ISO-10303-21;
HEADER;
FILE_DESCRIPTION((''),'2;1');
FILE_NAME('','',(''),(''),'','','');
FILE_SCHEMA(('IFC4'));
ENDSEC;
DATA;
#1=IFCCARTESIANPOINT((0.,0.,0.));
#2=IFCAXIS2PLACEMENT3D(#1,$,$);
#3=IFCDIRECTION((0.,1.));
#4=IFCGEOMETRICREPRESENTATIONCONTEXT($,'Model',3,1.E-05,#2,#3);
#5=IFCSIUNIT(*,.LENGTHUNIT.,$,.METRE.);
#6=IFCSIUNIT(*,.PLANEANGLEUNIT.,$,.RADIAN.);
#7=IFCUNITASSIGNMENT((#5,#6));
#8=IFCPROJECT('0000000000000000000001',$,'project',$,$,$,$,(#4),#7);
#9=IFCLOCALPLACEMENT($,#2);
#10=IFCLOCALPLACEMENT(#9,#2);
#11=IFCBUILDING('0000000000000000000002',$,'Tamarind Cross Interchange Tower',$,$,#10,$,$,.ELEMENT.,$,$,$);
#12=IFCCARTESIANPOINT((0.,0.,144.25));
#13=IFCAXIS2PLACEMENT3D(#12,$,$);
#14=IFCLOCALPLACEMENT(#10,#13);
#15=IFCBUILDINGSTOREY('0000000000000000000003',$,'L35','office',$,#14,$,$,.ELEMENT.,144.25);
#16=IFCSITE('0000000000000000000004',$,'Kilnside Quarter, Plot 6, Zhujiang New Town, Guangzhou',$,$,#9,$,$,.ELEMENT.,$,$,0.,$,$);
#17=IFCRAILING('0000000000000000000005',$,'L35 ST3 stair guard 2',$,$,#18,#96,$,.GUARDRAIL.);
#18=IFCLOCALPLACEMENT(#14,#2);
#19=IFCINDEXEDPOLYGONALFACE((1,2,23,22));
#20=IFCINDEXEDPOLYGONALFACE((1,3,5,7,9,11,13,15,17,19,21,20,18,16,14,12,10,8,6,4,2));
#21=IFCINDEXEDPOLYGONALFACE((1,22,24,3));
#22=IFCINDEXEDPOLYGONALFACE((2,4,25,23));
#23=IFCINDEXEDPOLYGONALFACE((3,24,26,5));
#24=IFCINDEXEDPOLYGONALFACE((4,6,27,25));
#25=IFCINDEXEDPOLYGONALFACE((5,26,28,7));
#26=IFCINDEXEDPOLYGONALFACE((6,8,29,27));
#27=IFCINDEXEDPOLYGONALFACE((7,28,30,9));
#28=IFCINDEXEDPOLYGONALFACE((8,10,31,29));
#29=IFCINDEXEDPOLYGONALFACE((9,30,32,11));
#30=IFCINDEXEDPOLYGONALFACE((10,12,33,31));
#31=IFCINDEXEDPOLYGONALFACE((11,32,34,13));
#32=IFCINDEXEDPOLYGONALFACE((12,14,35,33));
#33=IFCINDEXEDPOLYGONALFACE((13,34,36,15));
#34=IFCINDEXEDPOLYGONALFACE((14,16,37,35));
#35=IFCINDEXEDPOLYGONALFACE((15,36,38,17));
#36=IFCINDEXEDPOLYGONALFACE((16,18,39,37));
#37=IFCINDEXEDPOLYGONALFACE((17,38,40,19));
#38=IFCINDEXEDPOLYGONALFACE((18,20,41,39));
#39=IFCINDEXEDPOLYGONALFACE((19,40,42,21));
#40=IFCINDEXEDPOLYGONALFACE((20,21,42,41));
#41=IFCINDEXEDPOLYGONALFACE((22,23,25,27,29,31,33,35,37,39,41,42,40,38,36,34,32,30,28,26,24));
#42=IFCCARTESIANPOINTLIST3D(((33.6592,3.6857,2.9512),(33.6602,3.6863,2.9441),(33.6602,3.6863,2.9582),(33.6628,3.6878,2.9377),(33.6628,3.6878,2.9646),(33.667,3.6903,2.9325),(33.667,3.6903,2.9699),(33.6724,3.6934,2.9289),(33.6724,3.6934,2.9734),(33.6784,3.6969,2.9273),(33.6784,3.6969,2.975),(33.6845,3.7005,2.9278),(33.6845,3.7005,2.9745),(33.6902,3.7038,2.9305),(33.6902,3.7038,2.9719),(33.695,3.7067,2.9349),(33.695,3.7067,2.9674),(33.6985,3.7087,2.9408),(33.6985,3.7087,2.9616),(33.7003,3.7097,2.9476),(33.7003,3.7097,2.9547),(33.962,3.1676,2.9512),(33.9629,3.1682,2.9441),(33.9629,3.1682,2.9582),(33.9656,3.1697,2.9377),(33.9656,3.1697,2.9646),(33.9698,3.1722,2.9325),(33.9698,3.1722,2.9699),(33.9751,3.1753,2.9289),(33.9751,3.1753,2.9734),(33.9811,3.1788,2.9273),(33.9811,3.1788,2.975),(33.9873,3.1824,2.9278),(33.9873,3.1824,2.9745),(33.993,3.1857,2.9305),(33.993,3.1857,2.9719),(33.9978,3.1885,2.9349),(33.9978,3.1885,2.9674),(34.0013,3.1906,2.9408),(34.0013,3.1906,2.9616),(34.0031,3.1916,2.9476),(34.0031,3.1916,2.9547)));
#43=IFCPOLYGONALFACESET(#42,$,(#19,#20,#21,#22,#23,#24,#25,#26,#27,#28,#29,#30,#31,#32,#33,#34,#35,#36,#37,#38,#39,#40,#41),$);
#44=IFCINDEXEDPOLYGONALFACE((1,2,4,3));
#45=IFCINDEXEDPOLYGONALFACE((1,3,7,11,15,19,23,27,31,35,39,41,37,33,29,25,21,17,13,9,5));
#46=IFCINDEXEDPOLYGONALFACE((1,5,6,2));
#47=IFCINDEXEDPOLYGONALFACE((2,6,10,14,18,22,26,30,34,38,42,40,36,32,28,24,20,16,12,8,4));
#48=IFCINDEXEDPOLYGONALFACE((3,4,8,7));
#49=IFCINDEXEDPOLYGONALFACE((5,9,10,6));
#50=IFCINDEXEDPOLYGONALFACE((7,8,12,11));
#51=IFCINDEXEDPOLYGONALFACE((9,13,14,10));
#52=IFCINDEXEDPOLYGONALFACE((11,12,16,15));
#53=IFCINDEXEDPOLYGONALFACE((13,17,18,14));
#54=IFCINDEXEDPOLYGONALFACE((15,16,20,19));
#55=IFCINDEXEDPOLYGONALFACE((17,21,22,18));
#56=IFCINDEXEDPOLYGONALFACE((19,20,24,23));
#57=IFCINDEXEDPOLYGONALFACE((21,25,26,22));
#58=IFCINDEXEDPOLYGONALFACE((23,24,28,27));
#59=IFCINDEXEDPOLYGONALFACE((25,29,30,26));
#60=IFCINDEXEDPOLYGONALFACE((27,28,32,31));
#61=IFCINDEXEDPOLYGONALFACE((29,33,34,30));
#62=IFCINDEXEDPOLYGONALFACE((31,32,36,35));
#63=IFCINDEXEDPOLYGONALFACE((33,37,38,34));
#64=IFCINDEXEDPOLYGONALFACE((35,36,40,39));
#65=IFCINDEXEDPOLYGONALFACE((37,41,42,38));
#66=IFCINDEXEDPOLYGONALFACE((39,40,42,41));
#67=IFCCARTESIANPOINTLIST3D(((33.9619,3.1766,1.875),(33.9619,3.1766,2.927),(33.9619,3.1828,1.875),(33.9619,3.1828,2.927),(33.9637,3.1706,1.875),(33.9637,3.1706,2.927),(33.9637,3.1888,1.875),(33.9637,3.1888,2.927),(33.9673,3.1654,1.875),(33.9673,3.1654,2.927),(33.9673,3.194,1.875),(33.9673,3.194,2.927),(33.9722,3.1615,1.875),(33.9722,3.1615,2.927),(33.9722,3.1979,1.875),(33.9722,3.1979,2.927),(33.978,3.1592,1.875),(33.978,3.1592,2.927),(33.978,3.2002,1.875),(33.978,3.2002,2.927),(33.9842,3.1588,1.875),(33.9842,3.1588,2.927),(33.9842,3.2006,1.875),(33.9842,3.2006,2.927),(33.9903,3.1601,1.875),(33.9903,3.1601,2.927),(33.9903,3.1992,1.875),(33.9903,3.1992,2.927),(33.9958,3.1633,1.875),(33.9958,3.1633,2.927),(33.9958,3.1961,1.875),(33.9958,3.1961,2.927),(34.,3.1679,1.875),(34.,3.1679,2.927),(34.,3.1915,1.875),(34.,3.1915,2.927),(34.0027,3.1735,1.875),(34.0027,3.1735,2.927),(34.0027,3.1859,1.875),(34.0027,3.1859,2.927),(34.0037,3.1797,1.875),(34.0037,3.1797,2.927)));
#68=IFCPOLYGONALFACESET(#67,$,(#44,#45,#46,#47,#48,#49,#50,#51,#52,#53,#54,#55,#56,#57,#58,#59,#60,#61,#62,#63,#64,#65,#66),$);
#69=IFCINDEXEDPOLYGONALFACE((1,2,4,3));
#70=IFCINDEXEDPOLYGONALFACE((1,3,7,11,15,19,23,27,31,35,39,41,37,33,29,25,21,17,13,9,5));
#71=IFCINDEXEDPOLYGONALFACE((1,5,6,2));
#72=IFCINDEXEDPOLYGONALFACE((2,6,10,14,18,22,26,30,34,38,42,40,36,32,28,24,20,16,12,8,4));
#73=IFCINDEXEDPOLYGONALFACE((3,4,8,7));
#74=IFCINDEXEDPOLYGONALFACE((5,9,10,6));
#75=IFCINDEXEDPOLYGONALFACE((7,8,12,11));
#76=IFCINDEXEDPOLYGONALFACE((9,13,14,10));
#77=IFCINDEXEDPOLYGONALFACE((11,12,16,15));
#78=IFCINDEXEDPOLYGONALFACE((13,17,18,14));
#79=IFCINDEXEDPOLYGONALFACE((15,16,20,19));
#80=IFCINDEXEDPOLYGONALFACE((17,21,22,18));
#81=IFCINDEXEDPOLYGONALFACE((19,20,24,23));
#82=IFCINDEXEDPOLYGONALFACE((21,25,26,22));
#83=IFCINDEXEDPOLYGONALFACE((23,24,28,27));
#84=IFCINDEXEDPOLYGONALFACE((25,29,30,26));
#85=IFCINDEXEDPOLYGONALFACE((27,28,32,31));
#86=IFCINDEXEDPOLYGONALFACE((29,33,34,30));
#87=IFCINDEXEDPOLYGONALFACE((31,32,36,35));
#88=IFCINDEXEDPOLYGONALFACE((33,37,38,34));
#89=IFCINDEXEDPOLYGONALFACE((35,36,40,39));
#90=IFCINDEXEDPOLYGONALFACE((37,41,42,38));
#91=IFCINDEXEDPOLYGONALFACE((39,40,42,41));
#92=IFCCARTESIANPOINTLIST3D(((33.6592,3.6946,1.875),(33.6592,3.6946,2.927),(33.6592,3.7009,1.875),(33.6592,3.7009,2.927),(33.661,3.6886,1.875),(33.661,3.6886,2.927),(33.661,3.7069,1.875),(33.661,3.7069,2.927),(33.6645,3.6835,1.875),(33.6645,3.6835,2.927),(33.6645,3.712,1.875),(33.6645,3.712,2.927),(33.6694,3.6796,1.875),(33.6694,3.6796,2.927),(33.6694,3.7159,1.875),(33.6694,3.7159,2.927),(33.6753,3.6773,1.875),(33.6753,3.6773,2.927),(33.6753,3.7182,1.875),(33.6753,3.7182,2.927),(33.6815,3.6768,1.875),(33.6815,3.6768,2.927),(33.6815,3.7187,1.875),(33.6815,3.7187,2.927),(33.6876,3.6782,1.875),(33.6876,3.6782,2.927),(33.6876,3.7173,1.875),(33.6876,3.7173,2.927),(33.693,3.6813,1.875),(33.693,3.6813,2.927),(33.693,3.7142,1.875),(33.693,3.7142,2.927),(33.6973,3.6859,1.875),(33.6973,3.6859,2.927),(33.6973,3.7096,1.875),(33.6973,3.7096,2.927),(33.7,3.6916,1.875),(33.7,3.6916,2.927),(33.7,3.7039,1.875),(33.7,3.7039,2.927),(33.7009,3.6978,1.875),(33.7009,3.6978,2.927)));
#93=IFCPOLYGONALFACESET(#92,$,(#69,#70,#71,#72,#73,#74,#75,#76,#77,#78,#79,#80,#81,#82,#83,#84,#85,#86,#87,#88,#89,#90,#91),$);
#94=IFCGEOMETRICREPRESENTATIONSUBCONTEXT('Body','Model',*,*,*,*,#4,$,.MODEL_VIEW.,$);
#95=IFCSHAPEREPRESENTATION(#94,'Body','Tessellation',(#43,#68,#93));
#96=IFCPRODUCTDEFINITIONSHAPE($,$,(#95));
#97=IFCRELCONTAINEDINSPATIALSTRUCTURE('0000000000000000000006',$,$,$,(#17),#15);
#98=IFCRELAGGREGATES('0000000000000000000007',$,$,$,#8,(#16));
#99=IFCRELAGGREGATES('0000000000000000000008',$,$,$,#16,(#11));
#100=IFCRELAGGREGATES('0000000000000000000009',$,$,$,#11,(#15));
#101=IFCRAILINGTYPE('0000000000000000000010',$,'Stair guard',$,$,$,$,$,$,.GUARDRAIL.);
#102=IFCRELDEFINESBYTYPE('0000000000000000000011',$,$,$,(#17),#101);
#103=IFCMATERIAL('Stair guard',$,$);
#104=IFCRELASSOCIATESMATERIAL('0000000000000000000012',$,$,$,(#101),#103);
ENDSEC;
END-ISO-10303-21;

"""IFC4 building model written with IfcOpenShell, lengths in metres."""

from ifc_helpers import new_model, si_unit, direction, frame, origin, origin_2d, place, context, subcontext, project, spatial, circle, extrude, material, type_object, element, save


model = new_model("IFC4")

# Units and contexts
model_context = context("Model", 3, precision=1e-05, world=origin(), true_north=direction((0.0, 1.0)))
body_context = subcontext(model_context, "Body", "Model", "MODEL_VIEW")
ifc_project = project(units=[si_unit("LENGTHUNIT", "METRE"), si_unit("PLANEANGLEUNIT", "RADIAN")], contexts=[model_context])

# Site, building, storey
site_placement = place(None, origin())
site = spatial("IfcSite", under=ifc_project, at=site_placement, Name="Kilnside Quarter, Plot 6, Zhujiang New Town, Guangzhou", CompositionType="ELEMENT", RefElevation=0.0)
building_placement = place(site_placement, origin())
building = spatial("IfcBuilding", under=site, at=building_placement, Name="Tamarind Cross Interchange Tower", CompositionType="ELEMENT")
storey_placement = place(building_placement, frame((0.0, 0.0, 144.25)))
storey = spatial("IfcBuildingStorey", under=building, at=storey_placement, Name="L35", Description="office", CompositionType="ELEMENT", Elevation=144.25)

# Railing
ifc_material_1 = material(Name="Stair guard")
railing_type_1 = type_object("IfcRailingType", Name="Stair guard", PredefinedType="GUARDRAIL", material=ifc_material_1)
railing_1_placement = place(storey_placement, frame((33.9827, 3.1797, 1.875)))
element("IfcRailing", 1, at=railing_1_placement, inside=storey, type_object=railing_type_1, Name="L35 ST3 stair guard 2", PredefinedType="GUARDRAIL", context=body_context, shape_type="SweptSolid", body=[
    extrude(circle(Radius=0.0239, at=origin_2d()), frame((0.0, 0.0, 1.0762), z_axis=(-0.504529, 0.863395, 0.0), x_axis=(-0.863395, -0.504529, 0.0)), (0.0, 0.0, 1.0), 0.6001),
    extrude(circle(Radius=0.021, at=origin_2d()), origin(), (0.0, 0.0, 1.0), 1.052),
    extrude(circle(Radius=0.021, at=origin_2d()), frame((-0.3027, 0.5181, 0.0)), (0.0, 0.0, 1.0), 1.052),
])

save(model, "model.ifc")
